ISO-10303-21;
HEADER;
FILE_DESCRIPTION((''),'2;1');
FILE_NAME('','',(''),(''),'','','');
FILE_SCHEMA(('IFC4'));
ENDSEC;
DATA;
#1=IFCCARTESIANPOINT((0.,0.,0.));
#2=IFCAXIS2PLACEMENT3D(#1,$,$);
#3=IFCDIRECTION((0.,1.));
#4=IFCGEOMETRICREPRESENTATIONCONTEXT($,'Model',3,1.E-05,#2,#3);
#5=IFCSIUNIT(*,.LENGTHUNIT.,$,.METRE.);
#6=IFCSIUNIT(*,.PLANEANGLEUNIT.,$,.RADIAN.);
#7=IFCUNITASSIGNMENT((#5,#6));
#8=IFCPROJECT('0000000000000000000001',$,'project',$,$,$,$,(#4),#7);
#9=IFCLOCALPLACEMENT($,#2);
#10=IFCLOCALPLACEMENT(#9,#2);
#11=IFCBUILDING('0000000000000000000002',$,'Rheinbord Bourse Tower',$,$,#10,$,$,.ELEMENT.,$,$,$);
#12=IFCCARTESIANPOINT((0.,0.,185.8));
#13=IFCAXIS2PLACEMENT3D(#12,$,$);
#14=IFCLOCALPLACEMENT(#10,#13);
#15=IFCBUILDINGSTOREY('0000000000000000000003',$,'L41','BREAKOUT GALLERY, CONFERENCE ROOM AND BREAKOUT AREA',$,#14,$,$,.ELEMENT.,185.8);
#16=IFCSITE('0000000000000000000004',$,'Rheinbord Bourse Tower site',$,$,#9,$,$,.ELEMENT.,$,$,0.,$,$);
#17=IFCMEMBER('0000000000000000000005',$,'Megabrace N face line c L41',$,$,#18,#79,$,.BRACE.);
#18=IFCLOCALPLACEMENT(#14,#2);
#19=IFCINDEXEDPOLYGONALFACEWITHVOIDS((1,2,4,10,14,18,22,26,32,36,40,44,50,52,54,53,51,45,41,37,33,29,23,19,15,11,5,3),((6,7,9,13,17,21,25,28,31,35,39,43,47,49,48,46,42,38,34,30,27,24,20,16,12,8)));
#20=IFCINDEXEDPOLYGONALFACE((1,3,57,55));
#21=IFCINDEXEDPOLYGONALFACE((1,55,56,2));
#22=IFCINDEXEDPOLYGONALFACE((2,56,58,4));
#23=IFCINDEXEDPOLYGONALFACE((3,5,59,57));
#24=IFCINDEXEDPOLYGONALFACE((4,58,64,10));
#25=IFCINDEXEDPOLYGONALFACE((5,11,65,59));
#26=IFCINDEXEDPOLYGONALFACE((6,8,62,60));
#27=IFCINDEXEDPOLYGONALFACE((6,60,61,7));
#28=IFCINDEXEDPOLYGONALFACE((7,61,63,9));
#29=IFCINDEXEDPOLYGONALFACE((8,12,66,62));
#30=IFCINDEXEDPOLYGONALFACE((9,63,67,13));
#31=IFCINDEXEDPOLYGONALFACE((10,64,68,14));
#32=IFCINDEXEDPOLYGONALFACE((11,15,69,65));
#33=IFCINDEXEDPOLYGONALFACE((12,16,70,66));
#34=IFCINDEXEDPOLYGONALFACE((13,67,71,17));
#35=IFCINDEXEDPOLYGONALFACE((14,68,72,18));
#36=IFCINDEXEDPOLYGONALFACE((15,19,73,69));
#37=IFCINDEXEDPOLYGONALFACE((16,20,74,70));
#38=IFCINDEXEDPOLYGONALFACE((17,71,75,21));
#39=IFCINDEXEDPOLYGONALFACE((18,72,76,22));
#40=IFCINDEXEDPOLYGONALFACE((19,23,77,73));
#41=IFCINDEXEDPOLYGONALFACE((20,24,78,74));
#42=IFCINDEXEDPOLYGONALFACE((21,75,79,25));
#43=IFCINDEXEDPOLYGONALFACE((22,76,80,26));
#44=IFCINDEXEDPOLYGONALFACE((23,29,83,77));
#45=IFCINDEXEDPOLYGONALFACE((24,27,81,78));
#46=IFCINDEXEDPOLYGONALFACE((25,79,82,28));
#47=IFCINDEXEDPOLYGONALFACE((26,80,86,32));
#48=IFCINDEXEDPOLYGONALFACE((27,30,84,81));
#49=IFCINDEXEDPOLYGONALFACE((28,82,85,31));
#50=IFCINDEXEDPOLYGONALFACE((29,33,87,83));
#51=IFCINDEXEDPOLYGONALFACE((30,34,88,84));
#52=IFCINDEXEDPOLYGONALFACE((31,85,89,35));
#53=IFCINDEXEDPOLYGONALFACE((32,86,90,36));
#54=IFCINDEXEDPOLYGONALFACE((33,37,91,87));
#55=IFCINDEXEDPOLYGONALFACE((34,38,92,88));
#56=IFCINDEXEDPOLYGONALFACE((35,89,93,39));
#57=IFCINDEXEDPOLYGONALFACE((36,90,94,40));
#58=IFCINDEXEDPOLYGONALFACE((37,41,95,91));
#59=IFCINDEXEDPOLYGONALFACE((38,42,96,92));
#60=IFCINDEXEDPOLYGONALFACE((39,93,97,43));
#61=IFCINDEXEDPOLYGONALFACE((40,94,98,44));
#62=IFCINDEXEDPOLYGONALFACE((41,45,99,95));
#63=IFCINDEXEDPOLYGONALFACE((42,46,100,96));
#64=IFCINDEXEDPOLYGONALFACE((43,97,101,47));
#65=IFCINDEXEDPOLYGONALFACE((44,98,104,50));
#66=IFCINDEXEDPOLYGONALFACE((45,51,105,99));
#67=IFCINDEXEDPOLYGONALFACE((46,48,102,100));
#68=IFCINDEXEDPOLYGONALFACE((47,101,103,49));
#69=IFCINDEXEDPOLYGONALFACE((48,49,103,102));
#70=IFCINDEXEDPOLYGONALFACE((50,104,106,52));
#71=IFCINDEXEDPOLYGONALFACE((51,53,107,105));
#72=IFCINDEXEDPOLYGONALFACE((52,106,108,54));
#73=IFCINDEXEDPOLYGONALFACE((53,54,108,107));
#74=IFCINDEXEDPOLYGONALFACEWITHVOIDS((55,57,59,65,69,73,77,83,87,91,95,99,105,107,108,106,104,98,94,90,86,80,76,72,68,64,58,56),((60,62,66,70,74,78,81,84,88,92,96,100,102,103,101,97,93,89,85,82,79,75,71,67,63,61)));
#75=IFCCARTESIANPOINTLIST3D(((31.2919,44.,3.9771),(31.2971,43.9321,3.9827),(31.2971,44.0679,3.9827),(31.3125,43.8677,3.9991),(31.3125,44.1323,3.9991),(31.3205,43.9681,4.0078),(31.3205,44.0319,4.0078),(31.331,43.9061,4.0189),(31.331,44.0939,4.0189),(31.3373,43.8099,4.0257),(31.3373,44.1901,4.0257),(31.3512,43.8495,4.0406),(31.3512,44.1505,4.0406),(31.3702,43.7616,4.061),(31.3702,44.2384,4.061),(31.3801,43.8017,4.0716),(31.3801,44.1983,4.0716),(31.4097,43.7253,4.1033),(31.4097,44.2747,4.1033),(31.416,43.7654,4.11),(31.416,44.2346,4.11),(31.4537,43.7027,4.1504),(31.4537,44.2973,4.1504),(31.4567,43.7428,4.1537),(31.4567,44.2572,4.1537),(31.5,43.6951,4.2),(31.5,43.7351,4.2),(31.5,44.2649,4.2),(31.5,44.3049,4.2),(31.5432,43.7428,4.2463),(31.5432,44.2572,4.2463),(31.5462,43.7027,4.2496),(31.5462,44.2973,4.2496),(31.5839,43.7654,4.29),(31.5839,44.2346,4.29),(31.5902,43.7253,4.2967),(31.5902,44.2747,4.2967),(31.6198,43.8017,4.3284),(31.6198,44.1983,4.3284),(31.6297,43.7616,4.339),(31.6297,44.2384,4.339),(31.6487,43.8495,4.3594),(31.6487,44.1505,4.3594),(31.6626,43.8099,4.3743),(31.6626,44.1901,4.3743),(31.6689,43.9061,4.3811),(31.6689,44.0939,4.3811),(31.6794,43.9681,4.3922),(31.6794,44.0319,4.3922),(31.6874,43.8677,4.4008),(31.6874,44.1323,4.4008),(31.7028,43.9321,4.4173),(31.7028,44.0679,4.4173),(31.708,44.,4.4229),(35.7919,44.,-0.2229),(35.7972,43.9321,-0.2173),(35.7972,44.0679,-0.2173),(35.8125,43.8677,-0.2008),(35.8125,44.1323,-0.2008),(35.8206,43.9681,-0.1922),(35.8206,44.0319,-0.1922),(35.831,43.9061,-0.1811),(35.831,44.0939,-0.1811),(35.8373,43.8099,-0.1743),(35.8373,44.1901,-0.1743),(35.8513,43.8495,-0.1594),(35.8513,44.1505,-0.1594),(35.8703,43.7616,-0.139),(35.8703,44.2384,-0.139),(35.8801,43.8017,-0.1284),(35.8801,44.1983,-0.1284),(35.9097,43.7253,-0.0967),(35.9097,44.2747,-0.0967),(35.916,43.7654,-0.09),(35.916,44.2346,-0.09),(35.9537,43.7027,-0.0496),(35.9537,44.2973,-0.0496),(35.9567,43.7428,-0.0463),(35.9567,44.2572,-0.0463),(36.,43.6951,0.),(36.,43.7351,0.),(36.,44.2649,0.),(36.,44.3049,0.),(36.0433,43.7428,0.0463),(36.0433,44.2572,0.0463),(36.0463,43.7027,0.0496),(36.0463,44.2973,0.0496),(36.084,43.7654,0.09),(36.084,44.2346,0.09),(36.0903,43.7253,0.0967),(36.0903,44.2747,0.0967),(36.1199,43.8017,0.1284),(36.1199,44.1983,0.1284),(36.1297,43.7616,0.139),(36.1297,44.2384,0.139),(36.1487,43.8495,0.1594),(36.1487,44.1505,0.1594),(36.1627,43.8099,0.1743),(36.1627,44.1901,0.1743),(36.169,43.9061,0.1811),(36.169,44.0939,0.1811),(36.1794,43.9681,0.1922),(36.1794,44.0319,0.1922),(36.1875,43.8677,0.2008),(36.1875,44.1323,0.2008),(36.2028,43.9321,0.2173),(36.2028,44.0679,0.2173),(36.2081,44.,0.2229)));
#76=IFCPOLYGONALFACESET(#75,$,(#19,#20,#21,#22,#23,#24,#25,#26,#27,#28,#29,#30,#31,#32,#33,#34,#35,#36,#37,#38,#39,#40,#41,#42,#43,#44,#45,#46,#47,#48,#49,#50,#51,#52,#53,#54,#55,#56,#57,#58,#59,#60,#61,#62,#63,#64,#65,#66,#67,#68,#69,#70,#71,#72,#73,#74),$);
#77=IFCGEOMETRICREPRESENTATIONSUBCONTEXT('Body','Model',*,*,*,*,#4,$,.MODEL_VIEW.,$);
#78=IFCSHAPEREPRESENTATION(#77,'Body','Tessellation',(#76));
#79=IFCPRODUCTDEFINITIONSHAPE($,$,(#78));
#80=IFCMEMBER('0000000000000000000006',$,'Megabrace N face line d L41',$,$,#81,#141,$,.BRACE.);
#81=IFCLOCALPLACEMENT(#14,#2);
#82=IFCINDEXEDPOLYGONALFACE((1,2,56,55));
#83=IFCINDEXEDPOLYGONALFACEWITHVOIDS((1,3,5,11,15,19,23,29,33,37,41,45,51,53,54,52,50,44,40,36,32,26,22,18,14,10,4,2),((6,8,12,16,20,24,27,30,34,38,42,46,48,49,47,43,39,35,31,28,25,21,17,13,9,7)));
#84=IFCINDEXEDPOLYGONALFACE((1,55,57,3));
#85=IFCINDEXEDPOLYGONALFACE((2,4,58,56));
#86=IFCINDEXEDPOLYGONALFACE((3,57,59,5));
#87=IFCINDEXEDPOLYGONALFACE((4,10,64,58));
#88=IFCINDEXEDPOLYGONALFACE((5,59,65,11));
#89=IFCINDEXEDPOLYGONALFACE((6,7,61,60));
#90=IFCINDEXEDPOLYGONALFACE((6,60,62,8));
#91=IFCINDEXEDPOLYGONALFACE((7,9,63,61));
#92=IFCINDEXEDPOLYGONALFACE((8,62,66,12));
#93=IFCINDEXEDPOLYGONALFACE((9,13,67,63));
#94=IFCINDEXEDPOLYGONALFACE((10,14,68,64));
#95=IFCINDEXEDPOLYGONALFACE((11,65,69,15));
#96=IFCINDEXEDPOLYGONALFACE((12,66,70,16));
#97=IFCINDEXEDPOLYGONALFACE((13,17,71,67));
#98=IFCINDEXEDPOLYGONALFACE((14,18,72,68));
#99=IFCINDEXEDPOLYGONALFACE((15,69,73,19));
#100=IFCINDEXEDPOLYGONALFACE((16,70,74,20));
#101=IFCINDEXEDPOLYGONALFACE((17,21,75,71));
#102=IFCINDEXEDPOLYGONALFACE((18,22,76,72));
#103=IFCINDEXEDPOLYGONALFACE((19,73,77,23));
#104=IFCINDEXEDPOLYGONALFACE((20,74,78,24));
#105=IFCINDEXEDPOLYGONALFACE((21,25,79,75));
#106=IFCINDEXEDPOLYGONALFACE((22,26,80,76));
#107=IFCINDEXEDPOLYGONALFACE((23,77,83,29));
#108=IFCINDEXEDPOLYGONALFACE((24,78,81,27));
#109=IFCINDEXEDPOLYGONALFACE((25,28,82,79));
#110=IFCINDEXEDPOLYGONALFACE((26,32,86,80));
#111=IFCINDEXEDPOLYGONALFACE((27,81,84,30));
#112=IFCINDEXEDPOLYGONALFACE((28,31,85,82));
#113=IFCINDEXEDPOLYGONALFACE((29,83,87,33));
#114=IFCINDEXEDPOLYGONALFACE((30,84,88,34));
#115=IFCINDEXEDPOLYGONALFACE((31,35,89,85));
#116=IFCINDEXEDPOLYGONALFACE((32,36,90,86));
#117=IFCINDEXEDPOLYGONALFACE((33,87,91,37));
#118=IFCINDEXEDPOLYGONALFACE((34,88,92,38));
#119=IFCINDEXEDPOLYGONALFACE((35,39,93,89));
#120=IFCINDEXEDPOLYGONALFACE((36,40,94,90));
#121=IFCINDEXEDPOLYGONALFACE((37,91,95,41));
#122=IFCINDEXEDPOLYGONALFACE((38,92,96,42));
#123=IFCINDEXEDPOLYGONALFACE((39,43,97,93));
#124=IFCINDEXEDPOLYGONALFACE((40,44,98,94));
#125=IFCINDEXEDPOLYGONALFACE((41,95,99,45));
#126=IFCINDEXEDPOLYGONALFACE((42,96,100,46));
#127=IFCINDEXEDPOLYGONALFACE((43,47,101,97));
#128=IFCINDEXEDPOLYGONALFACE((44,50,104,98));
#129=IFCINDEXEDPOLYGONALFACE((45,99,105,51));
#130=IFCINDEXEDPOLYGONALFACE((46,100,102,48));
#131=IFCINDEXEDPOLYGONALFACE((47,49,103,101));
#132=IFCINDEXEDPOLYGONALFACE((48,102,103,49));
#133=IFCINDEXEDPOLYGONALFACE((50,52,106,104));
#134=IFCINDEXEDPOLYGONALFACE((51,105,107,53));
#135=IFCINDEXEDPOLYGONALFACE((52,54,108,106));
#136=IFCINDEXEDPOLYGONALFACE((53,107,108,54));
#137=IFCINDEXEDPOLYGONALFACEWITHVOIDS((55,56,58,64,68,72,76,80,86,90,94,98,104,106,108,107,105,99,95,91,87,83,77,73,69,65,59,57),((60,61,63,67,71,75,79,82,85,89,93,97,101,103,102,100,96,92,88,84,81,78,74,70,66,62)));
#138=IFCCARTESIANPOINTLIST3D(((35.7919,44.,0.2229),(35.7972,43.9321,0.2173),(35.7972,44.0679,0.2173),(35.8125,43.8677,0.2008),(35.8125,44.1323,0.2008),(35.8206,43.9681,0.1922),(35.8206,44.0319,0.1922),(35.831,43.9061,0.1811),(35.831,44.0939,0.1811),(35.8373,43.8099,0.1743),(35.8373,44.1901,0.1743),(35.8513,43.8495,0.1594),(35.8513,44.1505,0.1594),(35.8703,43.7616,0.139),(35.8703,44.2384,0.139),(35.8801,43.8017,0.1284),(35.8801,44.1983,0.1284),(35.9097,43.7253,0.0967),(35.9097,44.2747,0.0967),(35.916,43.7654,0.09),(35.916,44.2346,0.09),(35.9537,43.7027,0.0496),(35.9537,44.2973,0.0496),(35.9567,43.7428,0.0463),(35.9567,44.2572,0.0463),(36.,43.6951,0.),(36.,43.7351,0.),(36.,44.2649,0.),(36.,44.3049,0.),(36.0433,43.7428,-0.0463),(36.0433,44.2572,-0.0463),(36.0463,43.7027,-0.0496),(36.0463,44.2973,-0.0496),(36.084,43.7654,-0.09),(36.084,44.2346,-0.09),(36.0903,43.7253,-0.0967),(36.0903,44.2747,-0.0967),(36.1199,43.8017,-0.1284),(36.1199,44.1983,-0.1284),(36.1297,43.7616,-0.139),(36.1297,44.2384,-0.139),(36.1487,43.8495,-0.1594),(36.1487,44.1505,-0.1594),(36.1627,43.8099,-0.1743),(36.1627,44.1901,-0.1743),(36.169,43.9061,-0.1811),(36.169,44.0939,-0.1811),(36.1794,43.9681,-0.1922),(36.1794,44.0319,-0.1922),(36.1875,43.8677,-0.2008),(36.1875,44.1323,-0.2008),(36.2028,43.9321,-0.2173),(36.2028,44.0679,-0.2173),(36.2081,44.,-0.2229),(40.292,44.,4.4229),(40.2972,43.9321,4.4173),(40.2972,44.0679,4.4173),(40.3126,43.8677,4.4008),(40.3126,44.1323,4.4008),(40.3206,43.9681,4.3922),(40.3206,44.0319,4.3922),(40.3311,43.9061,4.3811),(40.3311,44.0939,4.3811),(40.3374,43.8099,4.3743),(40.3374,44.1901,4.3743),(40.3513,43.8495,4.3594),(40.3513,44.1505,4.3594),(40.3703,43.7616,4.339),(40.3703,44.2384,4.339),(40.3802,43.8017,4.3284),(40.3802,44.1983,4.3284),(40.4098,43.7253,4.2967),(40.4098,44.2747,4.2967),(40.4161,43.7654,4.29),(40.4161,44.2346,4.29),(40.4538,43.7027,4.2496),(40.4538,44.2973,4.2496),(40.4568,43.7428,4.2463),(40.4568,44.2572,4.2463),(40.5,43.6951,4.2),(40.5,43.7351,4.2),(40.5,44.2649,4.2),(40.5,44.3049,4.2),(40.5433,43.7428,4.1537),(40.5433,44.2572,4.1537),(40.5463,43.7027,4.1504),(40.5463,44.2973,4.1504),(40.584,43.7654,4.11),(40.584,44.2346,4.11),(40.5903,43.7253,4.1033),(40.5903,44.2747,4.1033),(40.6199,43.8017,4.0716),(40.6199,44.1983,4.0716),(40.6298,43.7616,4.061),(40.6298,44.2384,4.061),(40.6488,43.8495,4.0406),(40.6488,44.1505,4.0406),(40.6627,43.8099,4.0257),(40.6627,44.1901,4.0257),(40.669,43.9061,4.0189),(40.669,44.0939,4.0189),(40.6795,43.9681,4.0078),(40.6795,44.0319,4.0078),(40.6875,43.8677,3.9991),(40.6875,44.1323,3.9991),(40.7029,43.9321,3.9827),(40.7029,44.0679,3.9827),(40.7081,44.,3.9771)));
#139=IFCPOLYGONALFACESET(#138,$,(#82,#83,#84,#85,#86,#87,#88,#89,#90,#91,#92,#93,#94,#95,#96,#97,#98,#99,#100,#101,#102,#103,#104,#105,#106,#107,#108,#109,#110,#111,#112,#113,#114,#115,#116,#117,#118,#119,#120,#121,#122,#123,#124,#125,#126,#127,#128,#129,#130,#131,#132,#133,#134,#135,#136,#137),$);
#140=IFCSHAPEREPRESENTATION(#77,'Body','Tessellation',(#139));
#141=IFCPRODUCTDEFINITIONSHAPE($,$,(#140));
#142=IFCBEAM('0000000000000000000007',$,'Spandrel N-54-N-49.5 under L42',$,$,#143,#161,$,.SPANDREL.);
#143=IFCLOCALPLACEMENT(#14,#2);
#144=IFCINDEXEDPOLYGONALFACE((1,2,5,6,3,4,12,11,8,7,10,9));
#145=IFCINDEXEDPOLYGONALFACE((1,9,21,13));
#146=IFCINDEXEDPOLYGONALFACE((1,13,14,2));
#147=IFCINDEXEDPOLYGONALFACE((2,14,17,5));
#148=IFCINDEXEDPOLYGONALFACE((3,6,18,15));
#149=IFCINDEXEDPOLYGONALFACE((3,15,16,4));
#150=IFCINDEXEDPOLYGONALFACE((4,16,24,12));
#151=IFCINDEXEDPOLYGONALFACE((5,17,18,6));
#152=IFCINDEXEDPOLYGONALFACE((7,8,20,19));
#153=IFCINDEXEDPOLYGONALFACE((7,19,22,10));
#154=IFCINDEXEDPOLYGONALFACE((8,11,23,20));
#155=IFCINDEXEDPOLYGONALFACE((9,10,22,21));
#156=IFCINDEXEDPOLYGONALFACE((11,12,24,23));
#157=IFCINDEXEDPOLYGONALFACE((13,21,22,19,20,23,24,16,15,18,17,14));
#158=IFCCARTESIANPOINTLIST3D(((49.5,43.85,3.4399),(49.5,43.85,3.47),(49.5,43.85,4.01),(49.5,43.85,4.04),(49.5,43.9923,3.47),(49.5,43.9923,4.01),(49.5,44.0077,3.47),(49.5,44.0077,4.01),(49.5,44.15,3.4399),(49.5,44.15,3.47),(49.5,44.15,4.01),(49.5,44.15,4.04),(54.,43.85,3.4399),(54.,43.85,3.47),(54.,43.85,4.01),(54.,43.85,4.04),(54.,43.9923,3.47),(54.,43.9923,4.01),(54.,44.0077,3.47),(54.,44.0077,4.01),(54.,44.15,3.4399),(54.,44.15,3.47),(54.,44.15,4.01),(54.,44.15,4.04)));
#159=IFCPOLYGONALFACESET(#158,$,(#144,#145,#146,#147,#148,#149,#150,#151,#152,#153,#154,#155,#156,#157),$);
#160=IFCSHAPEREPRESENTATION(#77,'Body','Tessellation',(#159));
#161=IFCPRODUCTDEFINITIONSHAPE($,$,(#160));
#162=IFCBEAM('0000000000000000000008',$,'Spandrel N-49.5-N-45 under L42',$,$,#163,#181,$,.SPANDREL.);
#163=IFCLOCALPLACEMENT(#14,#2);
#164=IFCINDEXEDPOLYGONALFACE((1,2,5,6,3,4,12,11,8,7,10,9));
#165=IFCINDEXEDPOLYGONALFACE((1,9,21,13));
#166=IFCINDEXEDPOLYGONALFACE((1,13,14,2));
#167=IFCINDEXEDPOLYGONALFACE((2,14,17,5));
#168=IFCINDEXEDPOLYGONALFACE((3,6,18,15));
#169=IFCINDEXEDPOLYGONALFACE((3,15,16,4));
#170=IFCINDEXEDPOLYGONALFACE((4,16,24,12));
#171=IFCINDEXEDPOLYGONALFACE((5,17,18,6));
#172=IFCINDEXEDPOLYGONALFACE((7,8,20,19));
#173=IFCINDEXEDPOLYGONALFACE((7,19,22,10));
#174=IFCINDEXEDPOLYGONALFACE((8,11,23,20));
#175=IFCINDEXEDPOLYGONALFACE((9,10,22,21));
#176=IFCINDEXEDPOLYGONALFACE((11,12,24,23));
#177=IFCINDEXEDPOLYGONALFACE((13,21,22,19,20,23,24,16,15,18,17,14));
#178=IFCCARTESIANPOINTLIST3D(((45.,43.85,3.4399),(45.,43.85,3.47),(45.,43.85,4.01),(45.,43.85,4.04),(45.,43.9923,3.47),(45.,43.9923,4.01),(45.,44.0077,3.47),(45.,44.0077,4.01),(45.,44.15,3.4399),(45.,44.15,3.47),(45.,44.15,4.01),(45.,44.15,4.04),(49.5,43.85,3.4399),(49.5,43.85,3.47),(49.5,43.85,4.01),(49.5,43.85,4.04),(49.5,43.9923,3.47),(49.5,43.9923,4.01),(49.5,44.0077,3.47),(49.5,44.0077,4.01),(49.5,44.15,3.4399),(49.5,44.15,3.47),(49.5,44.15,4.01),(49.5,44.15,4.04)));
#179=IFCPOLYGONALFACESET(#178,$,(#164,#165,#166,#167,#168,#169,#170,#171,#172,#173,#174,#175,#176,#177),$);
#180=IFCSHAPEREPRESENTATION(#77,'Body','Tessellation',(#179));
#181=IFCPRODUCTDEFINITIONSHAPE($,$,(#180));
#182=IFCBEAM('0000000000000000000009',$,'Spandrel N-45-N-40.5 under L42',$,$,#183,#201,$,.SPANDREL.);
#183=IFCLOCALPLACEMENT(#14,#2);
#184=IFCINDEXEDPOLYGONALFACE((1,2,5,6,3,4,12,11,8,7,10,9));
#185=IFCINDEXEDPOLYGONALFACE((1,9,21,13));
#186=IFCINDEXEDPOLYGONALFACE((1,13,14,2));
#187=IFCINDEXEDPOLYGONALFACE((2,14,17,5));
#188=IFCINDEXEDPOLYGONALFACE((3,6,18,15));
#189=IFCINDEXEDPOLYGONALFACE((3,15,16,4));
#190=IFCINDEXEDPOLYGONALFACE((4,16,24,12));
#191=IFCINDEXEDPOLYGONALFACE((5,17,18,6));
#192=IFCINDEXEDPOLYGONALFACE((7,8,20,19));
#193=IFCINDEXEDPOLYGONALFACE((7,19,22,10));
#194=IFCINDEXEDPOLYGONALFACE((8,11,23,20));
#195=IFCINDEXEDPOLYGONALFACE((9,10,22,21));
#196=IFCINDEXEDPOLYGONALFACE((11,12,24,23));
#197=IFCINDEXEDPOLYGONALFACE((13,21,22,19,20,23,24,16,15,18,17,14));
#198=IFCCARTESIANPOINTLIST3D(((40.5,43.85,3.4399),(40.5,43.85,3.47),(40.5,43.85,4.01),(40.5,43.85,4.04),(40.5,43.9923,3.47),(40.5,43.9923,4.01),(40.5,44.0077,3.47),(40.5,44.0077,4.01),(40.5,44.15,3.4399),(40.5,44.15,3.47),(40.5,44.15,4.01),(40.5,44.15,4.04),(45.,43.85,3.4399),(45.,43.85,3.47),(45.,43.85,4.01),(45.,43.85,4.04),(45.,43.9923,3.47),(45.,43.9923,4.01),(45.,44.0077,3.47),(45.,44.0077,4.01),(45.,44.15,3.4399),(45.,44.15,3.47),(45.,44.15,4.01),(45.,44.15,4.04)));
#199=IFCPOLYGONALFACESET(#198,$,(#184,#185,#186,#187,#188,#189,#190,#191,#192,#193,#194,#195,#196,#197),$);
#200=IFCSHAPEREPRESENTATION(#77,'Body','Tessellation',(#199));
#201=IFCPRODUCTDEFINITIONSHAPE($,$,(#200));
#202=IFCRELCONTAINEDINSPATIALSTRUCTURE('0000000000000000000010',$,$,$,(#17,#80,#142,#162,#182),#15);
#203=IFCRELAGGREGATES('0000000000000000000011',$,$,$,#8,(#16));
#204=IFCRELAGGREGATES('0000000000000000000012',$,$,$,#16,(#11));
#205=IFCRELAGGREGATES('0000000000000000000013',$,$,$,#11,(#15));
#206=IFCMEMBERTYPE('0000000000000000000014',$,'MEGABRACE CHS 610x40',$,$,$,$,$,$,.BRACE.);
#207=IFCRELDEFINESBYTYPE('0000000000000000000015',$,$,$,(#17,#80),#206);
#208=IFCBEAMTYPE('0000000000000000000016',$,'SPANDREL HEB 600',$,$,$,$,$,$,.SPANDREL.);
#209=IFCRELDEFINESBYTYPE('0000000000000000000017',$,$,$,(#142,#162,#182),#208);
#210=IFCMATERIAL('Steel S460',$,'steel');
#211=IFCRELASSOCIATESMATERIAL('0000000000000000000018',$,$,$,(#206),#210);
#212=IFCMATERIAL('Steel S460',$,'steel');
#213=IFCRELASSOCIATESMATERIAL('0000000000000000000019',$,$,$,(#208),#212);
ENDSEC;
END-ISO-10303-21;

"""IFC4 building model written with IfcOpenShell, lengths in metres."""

from ifc_helpers import new_model, si_unit, direction, frame, origin, origin_2d, place, context, subcontext, project, spatial, hollow_circle, i_section, extrude, material, material_profile, profile_set, type_object, element, save


model = new_model("IFC4")

# Units and contexts
model_context = context("Model", 3, precision=1e-05, world=origin(), true_north=direction((0.0, 1.0)))
body_context = subcontext(model_context, "Body", "Model", "MODEL_VIEW")
ifc_project = project(units=[si_unit("LENGTHUNIT", "METRE"), si_unit("PLANEANGLEUNIT", "RADIAN")], contexts=[model_context])

# Site, building, storey
site_placement = place(None, origin())
site = spatial("IfcSite", under=ifc_project, at=site_placement, Name="Rheinbord Bourse Tower site", CompositionType="ELEMENT", RefElevation=0.0)
building_placement = place(site_placement, origin())
building = spatial("IfcBuilding", under=site, at=building_placement, Name="Rheinbord Bourse Tower", CompositionType="ELEMENT")
storey_placement = place(building_placement, frame((0.0, 0.0, 185.8)))
storey = spatial("IfcBuildingStorey", under=building, at=storey_placement, Name="L41", Description="BREAKOUT GALLERY, CONFERENCE ROOM AND BREAKOUT AREA", CompositionType="ELEMENT", Elevation=185.8)

# Members
ifc_material_1 = material(Name="Steel S460", Category="steel")
ifc_material_profile_1 = material_profile(ifc_material_1, hollow_circle(Radius=0.3049, WallThickness=0.04, at=origin_2d()), Name="CHS 610x40")
ifc_profile_set_1 = profile_set([ifc_material_profile_1], Name="Steel S460")
member_type_1 = type_object("IfcMemberType", Name="MEGABRACE CHS 610x40", PredefinedType="BRACE", material=ifc_profile_set_1)
for number, where, z_axis, x_axis, name in (
    (1, (36.0, 44.0, 0.0), (-0.731059, 0.0, 0.682314), (0.0, -1.0, 0.0), "Megabrace N face line c L41"),
    (2, (36.0, 44.0, 0.0), (0.731059, 0.0, 0.682314), (0.0, 1.0, 0.0), "Megabrace N face line d L41"),
):
    element("IfcMember", number, at=place(storey_placement, frame(where, z_axis=z_axis, x_axis=x_axis)), inside=storey, type_object=member_type_1, Name=name, PredefinedType="BRACE", context=body_context, shape_type="SweptSolid", body=[
        extrude(hollow_circle(Radius=0.3049, WallThickness=0.04, at=origin_2d()), origin(), (0.0, 0.0, 1.0), 6.1555),
    ])

# Beams
ifc_material_2 = material(Name="Steel S460", Category="steel")
ifc_material_profile_2 = material_profile(ifc_material_2, i_section(OverallWidth=0.3, OverallDepth=0.6001, WebThickness=0.0154, FlangeThickness=0.03, at=origin_2d()), Name="HEB 600")
ifc_profile_set_2 = profile_set([ifc_material_profile_2], Name="Steel S460")
beam_type_1 = type_object("IfcBeamType", Name="SPANDREL HEB 600", PredefinedType="SPANDREL", material=ifc_profile_set_2)
for number, where, z_axis, x_axis, name in (
    (3, (54.0, 44.0, 3.74), (-1.0, 0.0, 0.0), (0.0, -1.0, 0.0), "Spandrel N-54-N-49.5 under L42"),
    (4, (49.5, 44.0, 3.74), (-1.0, 0.0, 0.0), (0.0, -1.0, 0.0), "Spandrel N-49.5-N-45 under L42"),
    (5, (45.0, 44.0, 3.74), (-1.0, 0.0, 0.0), (0.0, -1.0, 0.0), "Spandrel N-45-N-40.5 under L42"),
):
    element("IfcBeam", number, at=place(storey_placement, frame(where, z_axis=z_axis, x_axis=x_axis)), inside=storey, type_object=beam_type_1, Name=name, PredefinedType="SPANDREL", context=body_context, shape_type="SweptSolid", body=[
        extrude(i_section(OverallWidth=0.3, OverallDepth=0.6001, WebThickness=0.0154, FlangeThickness=0.03, at=origin_2d()), origin(), (0.0, 0.0, 1.0), 4.5),
    ])

save(model, "model.ifc")
